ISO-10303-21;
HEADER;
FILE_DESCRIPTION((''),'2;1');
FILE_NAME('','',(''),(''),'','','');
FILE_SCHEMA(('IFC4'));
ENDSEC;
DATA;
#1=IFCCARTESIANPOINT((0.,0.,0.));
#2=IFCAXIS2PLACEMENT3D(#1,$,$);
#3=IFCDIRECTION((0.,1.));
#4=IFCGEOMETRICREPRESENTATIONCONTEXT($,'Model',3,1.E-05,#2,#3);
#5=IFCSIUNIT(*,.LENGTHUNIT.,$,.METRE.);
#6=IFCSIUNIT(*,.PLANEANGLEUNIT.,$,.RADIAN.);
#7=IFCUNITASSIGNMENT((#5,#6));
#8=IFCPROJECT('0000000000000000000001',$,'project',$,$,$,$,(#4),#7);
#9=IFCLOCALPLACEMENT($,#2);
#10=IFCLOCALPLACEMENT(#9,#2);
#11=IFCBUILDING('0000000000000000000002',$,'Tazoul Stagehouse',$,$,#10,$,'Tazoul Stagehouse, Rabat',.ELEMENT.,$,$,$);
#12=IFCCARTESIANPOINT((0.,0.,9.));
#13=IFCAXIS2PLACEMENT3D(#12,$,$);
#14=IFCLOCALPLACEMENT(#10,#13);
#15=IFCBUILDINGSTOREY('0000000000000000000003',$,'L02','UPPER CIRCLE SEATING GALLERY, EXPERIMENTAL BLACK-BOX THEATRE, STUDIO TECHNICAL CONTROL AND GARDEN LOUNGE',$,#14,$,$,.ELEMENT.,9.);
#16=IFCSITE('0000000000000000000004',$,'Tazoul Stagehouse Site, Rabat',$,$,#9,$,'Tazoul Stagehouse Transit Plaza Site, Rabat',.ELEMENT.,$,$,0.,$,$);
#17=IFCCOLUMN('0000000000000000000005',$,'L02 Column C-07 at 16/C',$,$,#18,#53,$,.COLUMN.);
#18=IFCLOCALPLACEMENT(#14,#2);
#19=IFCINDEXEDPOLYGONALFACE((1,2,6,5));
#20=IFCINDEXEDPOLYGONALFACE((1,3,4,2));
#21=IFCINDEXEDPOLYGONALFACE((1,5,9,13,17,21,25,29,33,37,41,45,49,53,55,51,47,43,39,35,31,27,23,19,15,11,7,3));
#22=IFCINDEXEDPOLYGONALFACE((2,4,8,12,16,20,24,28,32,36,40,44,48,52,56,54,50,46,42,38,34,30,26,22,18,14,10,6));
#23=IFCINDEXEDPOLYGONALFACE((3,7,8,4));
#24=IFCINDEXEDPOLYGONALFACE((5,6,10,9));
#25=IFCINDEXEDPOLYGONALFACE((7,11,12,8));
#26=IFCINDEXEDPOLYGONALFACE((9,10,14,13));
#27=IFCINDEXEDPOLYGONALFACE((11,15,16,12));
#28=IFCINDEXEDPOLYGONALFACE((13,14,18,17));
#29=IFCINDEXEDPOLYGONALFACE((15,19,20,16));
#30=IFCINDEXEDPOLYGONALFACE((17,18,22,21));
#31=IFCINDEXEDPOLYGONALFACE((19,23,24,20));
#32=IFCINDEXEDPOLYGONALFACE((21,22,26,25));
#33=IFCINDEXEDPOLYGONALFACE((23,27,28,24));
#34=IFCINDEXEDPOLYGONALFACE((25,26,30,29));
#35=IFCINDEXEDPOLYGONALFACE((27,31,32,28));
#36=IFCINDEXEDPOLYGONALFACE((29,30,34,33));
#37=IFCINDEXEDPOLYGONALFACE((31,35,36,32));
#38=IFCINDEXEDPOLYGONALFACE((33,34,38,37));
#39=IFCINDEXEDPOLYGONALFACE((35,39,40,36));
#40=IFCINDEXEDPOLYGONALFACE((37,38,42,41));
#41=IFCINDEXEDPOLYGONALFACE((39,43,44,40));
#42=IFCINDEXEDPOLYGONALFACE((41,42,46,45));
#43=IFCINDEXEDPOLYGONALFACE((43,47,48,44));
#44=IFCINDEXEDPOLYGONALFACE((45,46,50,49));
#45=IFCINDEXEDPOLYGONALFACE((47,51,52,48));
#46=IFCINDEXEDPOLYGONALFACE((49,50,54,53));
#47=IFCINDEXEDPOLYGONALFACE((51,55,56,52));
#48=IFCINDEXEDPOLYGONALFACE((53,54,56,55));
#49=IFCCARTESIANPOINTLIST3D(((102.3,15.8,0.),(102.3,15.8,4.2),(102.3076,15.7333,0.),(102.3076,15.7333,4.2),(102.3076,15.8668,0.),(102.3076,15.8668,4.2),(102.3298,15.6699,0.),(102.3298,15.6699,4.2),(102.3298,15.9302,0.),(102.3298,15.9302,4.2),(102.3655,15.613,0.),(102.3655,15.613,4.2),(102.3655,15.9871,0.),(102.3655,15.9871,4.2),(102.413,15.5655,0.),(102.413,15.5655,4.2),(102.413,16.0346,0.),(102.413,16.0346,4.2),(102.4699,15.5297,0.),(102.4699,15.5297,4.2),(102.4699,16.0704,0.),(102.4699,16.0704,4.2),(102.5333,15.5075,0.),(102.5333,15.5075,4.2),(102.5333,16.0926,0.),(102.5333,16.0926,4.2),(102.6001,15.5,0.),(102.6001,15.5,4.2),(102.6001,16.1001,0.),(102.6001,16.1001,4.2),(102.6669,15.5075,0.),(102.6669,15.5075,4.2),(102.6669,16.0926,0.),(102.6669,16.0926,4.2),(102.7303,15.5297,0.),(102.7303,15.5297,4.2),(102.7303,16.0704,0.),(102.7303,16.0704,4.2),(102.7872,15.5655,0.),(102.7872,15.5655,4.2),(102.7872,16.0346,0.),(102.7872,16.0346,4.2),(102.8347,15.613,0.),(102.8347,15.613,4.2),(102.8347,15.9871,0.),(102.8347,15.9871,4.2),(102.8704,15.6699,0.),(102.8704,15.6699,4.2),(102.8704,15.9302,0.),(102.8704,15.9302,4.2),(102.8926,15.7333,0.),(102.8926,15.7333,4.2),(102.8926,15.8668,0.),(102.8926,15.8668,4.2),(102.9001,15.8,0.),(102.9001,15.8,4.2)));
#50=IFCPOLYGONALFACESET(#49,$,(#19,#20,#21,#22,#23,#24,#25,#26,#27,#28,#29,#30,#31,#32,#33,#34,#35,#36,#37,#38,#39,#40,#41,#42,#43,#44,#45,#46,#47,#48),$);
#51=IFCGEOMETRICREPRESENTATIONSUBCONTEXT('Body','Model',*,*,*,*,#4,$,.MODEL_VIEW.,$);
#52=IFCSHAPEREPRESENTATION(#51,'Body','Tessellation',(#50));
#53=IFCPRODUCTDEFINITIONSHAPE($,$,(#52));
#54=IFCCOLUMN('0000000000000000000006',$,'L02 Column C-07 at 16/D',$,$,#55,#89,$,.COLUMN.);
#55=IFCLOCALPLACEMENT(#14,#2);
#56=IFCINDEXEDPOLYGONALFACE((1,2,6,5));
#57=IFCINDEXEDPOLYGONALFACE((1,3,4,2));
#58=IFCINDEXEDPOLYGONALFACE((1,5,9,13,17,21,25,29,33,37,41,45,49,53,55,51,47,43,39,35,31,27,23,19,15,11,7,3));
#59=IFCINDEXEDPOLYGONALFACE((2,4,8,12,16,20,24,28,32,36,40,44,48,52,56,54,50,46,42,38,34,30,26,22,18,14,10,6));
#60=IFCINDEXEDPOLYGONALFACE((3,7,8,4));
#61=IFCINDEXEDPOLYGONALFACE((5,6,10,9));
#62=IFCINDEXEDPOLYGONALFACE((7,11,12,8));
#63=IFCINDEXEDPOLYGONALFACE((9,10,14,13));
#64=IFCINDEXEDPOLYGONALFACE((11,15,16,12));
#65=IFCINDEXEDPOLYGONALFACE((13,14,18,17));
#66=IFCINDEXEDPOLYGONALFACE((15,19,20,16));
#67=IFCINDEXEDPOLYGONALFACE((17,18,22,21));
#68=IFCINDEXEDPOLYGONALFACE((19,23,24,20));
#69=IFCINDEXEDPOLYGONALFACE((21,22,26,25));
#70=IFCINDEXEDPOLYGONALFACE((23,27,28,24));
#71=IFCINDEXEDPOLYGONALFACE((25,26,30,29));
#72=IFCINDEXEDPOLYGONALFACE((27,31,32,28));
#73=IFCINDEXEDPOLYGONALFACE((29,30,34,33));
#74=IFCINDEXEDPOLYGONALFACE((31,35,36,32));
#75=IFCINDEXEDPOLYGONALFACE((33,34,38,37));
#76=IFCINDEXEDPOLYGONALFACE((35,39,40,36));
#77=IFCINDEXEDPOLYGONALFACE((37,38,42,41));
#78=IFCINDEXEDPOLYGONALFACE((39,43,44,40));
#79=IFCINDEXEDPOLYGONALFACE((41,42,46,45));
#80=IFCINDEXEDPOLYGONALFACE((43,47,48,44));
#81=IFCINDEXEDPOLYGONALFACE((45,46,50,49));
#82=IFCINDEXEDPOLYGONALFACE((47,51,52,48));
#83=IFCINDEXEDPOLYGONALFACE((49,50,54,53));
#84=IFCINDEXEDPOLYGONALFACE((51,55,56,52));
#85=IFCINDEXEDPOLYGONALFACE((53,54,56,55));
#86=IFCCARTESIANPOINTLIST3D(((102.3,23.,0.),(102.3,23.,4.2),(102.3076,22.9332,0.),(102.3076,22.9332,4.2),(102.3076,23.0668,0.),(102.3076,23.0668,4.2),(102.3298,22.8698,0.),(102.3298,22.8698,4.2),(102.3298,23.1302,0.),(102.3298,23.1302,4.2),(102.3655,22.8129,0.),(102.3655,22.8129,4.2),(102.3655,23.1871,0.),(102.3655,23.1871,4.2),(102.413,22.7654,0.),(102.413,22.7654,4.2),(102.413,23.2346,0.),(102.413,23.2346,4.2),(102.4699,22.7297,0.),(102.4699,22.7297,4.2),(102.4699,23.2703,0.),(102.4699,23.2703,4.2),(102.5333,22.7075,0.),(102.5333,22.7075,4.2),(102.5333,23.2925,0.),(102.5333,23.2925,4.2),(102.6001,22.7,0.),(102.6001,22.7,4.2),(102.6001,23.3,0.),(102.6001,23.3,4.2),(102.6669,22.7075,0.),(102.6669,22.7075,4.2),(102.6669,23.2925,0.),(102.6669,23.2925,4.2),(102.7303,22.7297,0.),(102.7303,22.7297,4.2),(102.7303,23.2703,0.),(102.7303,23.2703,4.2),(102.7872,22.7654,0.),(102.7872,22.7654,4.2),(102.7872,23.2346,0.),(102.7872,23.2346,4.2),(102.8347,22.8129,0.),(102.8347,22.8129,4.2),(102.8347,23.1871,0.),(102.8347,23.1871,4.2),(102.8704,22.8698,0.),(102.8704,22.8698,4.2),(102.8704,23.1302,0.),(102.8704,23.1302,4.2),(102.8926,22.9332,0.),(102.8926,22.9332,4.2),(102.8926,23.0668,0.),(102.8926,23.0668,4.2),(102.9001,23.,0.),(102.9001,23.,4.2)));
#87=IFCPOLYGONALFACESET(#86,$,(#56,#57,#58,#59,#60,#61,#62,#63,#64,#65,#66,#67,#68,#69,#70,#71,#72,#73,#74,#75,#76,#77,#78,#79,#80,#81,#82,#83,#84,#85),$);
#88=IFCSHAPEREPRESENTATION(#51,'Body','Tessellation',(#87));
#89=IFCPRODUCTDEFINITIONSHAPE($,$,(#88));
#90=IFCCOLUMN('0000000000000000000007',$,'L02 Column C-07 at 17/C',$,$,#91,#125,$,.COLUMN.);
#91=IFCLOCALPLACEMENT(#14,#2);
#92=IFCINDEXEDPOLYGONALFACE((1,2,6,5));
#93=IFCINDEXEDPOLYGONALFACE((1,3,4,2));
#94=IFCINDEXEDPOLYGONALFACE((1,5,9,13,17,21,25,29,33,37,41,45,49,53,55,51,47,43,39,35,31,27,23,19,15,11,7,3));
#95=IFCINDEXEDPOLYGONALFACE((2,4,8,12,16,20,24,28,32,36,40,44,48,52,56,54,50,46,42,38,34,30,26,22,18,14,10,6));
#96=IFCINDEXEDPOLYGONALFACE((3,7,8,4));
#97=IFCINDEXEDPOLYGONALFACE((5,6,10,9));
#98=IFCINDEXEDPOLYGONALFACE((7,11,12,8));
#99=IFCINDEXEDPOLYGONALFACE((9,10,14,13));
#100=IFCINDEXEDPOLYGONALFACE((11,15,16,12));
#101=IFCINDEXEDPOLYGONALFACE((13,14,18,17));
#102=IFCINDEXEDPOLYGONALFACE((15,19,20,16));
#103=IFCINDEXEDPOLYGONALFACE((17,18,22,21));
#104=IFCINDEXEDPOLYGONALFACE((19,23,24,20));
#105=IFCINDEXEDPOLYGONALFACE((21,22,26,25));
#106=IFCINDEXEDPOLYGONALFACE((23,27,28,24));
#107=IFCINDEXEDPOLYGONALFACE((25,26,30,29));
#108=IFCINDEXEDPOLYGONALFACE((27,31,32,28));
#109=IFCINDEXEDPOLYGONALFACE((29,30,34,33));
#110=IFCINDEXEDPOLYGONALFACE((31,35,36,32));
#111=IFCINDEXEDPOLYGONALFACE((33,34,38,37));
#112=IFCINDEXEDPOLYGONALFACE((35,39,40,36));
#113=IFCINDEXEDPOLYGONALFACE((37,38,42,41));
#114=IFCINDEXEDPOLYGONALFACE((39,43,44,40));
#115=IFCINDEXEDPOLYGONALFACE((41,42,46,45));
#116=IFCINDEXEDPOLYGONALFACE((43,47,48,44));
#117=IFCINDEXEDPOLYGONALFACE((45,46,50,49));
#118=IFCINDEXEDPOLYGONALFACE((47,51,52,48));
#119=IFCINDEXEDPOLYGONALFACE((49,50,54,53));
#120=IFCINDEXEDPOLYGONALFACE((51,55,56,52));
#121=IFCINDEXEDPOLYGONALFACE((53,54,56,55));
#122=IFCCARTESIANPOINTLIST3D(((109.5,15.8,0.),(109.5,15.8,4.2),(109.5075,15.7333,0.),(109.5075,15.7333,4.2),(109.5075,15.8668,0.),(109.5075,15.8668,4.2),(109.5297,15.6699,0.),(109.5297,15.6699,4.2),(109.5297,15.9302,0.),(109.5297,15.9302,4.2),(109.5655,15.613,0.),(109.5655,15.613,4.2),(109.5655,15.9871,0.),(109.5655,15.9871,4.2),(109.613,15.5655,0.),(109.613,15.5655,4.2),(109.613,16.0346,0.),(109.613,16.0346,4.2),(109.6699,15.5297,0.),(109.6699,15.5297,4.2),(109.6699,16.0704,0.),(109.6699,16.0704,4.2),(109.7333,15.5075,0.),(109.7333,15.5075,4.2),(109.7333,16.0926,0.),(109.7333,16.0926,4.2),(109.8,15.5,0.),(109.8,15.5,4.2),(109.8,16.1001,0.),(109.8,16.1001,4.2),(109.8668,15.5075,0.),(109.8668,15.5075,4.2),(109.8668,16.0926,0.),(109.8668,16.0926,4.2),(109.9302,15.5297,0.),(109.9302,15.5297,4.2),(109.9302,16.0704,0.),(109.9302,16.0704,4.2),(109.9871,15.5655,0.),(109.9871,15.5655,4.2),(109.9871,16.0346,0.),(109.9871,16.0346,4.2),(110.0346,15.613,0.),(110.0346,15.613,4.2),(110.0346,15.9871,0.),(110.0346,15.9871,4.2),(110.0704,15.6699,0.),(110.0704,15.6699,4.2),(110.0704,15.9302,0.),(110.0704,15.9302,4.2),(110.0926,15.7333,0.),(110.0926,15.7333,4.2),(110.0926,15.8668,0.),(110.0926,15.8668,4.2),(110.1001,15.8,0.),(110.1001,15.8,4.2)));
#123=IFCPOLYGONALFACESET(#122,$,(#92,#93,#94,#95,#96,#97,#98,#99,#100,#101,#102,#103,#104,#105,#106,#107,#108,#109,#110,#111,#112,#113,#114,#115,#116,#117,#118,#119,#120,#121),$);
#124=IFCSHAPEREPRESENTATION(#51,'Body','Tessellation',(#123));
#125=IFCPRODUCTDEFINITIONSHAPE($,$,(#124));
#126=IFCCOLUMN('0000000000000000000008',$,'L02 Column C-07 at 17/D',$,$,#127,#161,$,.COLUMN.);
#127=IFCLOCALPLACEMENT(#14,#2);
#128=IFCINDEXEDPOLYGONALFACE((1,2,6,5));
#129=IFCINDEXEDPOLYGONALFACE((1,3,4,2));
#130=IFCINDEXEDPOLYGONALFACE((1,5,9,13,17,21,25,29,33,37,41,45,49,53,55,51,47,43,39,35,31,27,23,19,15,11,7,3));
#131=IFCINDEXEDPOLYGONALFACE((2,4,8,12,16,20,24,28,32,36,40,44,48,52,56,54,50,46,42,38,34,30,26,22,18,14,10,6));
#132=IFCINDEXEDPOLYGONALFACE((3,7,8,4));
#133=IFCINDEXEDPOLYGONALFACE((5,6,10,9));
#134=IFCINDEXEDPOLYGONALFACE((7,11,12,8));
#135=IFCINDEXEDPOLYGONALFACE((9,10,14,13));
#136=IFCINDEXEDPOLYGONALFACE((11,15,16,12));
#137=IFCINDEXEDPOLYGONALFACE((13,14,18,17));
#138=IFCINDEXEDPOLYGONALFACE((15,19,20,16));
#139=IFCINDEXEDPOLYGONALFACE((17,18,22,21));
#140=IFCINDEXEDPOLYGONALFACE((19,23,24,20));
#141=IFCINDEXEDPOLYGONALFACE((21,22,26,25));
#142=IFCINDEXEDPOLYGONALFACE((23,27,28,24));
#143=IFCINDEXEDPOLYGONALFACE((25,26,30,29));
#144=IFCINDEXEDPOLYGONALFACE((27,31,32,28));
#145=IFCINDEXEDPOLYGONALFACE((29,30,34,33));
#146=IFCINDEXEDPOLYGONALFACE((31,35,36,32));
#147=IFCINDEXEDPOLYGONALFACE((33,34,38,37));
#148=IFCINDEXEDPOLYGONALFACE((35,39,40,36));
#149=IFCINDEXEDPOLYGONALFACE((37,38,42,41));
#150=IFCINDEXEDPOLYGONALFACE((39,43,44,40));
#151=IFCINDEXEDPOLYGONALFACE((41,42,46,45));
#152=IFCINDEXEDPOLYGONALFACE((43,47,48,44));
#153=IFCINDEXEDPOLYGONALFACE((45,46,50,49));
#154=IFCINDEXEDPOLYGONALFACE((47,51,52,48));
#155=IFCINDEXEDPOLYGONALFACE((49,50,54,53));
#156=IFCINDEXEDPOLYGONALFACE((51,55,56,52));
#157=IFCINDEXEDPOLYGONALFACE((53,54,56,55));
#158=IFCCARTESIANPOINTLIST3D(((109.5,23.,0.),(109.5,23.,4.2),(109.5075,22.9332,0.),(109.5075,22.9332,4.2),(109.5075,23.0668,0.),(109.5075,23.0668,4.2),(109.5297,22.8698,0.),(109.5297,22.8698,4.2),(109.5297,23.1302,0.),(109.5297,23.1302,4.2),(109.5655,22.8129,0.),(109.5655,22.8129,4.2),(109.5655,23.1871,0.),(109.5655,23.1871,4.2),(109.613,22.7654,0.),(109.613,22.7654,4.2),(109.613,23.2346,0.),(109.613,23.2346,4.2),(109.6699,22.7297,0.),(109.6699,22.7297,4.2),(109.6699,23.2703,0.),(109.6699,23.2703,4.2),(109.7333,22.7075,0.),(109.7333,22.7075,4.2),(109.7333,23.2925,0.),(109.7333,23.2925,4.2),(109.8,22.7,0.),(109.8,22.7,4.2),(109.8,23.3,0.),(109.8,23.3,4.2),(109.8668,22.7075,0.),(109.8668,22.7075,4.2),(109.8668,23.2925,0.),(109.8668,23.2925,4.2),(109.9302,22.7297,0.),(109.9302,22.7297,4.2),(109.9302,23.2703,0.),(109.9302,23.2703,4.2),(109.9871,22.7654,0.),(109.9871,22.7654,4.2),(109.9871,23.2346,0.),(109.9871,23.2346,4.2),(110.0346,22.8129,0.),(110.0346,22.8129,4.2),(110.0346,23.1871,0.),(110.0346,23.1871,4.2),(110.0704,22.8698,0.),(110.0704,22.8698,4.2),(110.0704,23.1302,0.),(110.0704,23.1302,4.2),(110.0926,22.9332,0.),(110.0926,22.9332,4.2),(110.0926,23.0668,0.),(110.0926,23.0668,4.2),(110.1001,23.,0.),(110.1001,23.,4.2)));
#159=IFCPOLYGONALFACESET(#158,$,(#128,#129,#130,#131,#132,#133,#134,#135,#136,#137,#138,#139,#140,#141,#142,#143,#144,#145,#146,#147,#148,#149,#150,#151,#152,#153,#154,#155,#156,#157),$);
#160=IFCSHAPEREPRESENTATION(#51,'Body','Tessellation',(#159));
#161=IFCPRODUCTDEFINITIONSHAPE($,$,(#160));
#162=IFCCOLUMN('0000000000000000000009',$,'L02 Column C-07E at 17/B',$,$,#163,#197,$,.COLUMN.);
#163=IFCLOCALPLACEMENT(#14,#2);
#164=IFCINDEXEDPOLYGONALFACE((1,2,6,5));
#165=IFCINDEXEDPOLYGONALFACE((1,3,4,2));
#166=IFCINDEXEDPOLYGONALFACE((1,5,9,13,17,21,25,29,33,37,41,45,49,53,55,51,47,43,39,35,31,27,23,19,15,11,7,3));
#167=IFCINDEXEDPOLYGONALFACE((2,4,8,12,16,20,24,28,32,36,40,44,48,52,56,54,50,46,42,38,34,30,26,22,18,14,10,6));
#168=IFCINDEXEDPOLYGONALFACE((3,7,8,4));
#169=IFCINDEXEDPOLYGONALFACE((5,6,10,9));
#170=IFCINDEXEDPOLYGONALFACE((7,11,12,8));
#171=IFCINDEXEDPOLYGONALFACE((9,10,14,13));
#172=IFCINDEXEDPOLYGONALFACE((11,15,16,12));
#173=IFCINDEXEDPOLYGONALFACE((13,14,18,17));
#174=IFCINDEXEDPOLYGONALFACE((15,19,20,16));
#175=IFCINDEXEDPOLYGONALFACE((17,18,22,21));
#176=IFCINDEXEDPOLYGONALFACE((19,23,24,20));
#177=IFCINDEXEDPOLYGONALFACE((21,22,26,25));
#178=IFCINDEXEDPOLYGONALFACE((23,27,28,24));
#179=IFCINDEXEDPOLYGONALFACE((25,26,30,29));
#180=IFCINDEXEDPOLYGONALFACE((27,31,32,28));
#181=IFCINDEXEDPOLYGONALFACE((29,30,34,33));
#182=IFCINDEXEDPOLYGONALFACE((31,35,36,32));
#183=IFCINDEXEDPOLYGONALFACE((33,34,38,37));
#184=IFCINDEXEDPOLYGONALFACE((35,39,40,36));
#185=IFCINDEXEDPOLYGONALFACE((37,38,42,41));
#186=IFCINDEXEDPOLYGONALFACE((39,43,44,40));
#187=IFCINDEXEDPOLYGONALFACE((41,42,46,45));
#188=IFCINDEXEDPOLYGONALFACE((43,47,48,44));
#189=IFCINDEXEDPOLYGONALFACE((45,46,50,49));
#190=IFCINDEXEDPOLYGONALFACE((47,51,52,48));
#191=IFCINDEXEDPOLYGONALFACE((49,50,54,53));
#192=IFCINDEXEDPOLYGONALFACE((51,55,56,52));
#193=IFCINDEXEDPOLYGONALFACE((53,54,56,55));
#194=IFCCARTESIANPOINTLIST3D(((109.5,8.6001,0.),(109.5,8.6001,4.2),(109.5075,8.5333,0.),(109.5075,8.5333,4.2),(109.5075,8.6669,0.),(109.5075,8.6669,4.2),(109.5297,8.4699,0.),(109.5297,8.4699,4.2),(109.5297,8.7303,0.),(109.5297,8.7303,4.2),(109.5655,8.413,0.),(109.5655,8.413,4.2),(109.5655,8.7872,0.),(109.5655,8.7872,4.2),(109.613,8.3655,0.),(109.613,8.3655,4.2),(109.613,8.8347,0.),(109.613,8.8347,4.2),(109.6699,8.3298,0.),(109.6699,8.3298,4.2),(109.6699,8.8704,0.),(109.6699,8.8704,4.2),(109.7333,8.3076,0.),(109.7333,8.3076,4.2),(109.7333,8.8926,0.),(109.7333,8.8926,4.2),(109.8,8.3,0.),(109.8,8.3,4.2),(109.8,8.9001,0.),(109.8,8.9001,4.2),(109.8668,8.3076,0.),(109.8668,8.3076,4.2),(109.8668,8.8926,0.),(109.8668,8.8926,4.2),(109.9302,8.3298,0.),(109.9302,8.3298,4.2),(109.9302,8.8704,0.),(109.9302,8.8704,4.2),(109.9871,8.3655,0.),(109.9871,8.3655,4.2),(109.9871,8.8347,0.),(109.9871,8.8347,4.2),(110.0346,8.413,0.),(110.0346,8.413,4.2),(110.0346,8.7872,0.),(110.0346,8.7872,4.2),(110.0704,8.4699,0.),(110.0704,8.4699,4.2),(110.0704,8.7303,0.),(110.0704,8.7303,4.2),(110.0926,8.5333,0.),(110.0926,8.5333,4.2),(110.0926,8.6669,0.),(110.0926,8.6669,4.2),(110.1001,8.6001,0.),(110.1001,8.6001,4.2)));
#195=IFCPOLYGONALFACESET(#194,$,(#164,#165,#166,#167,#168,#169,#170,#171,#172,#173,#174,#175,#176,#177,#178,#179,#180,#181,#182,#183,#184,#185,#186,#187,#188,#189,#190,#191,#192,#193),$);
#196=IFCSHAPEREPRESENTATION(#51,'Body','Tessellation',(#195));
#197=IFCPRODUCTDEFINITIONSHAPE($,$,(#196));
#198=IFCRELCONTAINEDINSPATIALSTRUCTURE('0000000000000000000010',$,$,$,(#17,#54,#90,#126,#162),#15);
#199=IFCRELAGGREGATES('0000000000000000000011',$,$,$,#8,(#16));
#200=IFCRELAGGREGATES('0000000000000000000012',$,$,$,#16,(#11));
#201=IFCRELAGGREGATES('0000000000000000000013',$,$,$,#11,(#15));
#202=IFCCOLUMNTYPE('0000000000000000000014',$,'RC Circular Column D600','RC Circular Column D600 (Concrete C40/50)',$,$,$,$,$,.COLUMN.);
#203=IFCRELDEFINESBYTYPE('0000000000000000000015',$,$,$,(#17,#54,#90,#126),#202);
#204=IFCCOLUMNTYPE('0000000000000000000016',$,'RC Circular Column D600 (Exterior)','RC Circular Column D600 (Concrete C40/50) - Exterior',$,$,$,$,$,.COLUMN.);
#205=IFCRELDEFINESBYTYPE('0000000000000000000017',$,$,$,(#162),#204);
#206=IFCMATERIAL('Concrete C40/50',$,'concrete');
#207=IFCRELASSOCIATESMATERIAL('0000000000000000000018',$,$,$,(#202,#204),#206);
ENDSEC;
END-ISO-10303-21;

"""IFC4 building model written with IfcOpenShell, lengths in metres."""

from ifc_helpers import new_model, si_unit, direction, frame, origin, origin_2d, place, context, subcontext, project, spatial, circle, extrude, material, material_profile, profile_set, type_object, element, save


model = new_model("IFC4")

# Units and contexts
model_context = context("Model", 3, precision=1e-05, world=origin(), true_north=direction((0.0, 1.0)))
body_context = subcontext(model_context, "Body", "Model", "MODEL_VIEW")
ifc_project = project(units=[si_unit("LENGTHUNIT", "METRE"), si_unit("PLANEANGLEUNIT", "RADIAN")], contexts=[model_context])

# Site, building, storey
site_placement = place(None, origin())
site = spatial("IfcSite", under=ifc_project, at=site_placement, Name="Tazoul Stagehouse Site, Rabat", LongName="Tazoul Stagehouse Transit Plaza Site, Rabat", CompositionType="ELEMENT", RefElevation=0.0)
building_placement = place(site_placement, origin())
building = spatial("IfcBuilding", under=site, at=building_placement, Name="Tazoul Stagehouse", LongName="Tazoul Stagehouse, Rabat", CompositionType="ELEMENT")
storey_placement = place(building_placement, frame((0.0, 0.0, 9.0)))
storey = spatial("IfcBuildingStorey", under=building, at=storey_placement, Name="L02", Description="UPPER CIRCLE SEATING GALLERY, EXPERIMENTAL BLACK-BOX THEATRE, STUDIO TECHNICAL CONTROL AND GARDEN LOUNGE", CompositionType="ELEMENT", Elevation=9.0)

# Columns
ifc_material_1 = material(Name="Concrete C40/50", Category="concrete")
ifc_material_profile_1 = material_profile(ifc_material_1, circle(Radius=0.3, at=origin_2d()), Name="RC D600")
ifc_profile_set_1 = profile_set([ifc_material_profile_1], Name="Concrete C40/50")
column_type_1 = type_object("IfcColumnType", Name="RC Circular Column D600", Description="RC Circular Column D600 (Concrete C40/50)", PredefinedType="COLUMN", material=ifc_profile_set_1)
for number, where, z_axis, x_axis, name in (
    (1, (102.6001, 15.8, 0.0), (0.0, 0.0, 1.0), (1.0, 0.0, 0.0), "L02 Column C-07 at 16/C"),
    (2, (102.6001, 23.0, 0.0), (0.0, 0.0, 1.0), (1.0, 0.0, 0.0), "L02 Column C-07 at 16/D"),
    (3, (109.8, 15.8, 0.0), (0.0, 0.0, 1.0), (1.0, 0.0, 0.0), "L02 Column C-07 at 17/C"),
    (4, (109.8, 23.0, 0.0), (0.0, 0.0, 1.0), (1.0, 0.0, 0.0), "L02 Column C-07 at 17/D"),
):
    element("IfcColumn", number, at=place(storey_placement, frame(where, z_axis=z_axis, x_axis=x_axis)), inside=storey, type_object=column_type_1, Name=name, PredefinedType="COLUMN", context=body_context, shape_type="SweptSolid", body=[
        extrude(circle(Radius=0.3, at=origin_2d()), origin(), (0.0, 0.0, 1.0), 4.2),
    ])
ifc_material_profile_2 = material_profile(ifc_material_1, circle(Radius=0.3, at=origin_2d()), Name="RC D600")
ifc_profile_set_2 = profile_set([ifc_material_profile_2], Name="Concrete C40/50")
column_type_2 = type_object("IfcColumnType", Name="RC Circular Column D600 (Exterior)", Description="RC Circular Column D600 (Concrete C40/50) - Exterior", PredefinedType="COLUMN", material=ifc_profile_set_2)
column_placement = place(storey_placement, frame((109.8, 8.6001, 0.0), z_axis=(0.0, 0.0, 1.0), x_axis=(1.0, 0.0, 0.0)))
element("IfcColumn", 5, at=column_placement, inside=storey, type_object=column_type_2, Name="L02 Column C-07E at 17/B", PredefinedType="COLUMN", context=body_context, shape_type="SweptSolid", body=[
    extrude(circle(Radius=0.3, at=origin_2d()), origin(), (0.0, 0.0, 1.0), 4.2),
])

save(model, "model.ifc")
